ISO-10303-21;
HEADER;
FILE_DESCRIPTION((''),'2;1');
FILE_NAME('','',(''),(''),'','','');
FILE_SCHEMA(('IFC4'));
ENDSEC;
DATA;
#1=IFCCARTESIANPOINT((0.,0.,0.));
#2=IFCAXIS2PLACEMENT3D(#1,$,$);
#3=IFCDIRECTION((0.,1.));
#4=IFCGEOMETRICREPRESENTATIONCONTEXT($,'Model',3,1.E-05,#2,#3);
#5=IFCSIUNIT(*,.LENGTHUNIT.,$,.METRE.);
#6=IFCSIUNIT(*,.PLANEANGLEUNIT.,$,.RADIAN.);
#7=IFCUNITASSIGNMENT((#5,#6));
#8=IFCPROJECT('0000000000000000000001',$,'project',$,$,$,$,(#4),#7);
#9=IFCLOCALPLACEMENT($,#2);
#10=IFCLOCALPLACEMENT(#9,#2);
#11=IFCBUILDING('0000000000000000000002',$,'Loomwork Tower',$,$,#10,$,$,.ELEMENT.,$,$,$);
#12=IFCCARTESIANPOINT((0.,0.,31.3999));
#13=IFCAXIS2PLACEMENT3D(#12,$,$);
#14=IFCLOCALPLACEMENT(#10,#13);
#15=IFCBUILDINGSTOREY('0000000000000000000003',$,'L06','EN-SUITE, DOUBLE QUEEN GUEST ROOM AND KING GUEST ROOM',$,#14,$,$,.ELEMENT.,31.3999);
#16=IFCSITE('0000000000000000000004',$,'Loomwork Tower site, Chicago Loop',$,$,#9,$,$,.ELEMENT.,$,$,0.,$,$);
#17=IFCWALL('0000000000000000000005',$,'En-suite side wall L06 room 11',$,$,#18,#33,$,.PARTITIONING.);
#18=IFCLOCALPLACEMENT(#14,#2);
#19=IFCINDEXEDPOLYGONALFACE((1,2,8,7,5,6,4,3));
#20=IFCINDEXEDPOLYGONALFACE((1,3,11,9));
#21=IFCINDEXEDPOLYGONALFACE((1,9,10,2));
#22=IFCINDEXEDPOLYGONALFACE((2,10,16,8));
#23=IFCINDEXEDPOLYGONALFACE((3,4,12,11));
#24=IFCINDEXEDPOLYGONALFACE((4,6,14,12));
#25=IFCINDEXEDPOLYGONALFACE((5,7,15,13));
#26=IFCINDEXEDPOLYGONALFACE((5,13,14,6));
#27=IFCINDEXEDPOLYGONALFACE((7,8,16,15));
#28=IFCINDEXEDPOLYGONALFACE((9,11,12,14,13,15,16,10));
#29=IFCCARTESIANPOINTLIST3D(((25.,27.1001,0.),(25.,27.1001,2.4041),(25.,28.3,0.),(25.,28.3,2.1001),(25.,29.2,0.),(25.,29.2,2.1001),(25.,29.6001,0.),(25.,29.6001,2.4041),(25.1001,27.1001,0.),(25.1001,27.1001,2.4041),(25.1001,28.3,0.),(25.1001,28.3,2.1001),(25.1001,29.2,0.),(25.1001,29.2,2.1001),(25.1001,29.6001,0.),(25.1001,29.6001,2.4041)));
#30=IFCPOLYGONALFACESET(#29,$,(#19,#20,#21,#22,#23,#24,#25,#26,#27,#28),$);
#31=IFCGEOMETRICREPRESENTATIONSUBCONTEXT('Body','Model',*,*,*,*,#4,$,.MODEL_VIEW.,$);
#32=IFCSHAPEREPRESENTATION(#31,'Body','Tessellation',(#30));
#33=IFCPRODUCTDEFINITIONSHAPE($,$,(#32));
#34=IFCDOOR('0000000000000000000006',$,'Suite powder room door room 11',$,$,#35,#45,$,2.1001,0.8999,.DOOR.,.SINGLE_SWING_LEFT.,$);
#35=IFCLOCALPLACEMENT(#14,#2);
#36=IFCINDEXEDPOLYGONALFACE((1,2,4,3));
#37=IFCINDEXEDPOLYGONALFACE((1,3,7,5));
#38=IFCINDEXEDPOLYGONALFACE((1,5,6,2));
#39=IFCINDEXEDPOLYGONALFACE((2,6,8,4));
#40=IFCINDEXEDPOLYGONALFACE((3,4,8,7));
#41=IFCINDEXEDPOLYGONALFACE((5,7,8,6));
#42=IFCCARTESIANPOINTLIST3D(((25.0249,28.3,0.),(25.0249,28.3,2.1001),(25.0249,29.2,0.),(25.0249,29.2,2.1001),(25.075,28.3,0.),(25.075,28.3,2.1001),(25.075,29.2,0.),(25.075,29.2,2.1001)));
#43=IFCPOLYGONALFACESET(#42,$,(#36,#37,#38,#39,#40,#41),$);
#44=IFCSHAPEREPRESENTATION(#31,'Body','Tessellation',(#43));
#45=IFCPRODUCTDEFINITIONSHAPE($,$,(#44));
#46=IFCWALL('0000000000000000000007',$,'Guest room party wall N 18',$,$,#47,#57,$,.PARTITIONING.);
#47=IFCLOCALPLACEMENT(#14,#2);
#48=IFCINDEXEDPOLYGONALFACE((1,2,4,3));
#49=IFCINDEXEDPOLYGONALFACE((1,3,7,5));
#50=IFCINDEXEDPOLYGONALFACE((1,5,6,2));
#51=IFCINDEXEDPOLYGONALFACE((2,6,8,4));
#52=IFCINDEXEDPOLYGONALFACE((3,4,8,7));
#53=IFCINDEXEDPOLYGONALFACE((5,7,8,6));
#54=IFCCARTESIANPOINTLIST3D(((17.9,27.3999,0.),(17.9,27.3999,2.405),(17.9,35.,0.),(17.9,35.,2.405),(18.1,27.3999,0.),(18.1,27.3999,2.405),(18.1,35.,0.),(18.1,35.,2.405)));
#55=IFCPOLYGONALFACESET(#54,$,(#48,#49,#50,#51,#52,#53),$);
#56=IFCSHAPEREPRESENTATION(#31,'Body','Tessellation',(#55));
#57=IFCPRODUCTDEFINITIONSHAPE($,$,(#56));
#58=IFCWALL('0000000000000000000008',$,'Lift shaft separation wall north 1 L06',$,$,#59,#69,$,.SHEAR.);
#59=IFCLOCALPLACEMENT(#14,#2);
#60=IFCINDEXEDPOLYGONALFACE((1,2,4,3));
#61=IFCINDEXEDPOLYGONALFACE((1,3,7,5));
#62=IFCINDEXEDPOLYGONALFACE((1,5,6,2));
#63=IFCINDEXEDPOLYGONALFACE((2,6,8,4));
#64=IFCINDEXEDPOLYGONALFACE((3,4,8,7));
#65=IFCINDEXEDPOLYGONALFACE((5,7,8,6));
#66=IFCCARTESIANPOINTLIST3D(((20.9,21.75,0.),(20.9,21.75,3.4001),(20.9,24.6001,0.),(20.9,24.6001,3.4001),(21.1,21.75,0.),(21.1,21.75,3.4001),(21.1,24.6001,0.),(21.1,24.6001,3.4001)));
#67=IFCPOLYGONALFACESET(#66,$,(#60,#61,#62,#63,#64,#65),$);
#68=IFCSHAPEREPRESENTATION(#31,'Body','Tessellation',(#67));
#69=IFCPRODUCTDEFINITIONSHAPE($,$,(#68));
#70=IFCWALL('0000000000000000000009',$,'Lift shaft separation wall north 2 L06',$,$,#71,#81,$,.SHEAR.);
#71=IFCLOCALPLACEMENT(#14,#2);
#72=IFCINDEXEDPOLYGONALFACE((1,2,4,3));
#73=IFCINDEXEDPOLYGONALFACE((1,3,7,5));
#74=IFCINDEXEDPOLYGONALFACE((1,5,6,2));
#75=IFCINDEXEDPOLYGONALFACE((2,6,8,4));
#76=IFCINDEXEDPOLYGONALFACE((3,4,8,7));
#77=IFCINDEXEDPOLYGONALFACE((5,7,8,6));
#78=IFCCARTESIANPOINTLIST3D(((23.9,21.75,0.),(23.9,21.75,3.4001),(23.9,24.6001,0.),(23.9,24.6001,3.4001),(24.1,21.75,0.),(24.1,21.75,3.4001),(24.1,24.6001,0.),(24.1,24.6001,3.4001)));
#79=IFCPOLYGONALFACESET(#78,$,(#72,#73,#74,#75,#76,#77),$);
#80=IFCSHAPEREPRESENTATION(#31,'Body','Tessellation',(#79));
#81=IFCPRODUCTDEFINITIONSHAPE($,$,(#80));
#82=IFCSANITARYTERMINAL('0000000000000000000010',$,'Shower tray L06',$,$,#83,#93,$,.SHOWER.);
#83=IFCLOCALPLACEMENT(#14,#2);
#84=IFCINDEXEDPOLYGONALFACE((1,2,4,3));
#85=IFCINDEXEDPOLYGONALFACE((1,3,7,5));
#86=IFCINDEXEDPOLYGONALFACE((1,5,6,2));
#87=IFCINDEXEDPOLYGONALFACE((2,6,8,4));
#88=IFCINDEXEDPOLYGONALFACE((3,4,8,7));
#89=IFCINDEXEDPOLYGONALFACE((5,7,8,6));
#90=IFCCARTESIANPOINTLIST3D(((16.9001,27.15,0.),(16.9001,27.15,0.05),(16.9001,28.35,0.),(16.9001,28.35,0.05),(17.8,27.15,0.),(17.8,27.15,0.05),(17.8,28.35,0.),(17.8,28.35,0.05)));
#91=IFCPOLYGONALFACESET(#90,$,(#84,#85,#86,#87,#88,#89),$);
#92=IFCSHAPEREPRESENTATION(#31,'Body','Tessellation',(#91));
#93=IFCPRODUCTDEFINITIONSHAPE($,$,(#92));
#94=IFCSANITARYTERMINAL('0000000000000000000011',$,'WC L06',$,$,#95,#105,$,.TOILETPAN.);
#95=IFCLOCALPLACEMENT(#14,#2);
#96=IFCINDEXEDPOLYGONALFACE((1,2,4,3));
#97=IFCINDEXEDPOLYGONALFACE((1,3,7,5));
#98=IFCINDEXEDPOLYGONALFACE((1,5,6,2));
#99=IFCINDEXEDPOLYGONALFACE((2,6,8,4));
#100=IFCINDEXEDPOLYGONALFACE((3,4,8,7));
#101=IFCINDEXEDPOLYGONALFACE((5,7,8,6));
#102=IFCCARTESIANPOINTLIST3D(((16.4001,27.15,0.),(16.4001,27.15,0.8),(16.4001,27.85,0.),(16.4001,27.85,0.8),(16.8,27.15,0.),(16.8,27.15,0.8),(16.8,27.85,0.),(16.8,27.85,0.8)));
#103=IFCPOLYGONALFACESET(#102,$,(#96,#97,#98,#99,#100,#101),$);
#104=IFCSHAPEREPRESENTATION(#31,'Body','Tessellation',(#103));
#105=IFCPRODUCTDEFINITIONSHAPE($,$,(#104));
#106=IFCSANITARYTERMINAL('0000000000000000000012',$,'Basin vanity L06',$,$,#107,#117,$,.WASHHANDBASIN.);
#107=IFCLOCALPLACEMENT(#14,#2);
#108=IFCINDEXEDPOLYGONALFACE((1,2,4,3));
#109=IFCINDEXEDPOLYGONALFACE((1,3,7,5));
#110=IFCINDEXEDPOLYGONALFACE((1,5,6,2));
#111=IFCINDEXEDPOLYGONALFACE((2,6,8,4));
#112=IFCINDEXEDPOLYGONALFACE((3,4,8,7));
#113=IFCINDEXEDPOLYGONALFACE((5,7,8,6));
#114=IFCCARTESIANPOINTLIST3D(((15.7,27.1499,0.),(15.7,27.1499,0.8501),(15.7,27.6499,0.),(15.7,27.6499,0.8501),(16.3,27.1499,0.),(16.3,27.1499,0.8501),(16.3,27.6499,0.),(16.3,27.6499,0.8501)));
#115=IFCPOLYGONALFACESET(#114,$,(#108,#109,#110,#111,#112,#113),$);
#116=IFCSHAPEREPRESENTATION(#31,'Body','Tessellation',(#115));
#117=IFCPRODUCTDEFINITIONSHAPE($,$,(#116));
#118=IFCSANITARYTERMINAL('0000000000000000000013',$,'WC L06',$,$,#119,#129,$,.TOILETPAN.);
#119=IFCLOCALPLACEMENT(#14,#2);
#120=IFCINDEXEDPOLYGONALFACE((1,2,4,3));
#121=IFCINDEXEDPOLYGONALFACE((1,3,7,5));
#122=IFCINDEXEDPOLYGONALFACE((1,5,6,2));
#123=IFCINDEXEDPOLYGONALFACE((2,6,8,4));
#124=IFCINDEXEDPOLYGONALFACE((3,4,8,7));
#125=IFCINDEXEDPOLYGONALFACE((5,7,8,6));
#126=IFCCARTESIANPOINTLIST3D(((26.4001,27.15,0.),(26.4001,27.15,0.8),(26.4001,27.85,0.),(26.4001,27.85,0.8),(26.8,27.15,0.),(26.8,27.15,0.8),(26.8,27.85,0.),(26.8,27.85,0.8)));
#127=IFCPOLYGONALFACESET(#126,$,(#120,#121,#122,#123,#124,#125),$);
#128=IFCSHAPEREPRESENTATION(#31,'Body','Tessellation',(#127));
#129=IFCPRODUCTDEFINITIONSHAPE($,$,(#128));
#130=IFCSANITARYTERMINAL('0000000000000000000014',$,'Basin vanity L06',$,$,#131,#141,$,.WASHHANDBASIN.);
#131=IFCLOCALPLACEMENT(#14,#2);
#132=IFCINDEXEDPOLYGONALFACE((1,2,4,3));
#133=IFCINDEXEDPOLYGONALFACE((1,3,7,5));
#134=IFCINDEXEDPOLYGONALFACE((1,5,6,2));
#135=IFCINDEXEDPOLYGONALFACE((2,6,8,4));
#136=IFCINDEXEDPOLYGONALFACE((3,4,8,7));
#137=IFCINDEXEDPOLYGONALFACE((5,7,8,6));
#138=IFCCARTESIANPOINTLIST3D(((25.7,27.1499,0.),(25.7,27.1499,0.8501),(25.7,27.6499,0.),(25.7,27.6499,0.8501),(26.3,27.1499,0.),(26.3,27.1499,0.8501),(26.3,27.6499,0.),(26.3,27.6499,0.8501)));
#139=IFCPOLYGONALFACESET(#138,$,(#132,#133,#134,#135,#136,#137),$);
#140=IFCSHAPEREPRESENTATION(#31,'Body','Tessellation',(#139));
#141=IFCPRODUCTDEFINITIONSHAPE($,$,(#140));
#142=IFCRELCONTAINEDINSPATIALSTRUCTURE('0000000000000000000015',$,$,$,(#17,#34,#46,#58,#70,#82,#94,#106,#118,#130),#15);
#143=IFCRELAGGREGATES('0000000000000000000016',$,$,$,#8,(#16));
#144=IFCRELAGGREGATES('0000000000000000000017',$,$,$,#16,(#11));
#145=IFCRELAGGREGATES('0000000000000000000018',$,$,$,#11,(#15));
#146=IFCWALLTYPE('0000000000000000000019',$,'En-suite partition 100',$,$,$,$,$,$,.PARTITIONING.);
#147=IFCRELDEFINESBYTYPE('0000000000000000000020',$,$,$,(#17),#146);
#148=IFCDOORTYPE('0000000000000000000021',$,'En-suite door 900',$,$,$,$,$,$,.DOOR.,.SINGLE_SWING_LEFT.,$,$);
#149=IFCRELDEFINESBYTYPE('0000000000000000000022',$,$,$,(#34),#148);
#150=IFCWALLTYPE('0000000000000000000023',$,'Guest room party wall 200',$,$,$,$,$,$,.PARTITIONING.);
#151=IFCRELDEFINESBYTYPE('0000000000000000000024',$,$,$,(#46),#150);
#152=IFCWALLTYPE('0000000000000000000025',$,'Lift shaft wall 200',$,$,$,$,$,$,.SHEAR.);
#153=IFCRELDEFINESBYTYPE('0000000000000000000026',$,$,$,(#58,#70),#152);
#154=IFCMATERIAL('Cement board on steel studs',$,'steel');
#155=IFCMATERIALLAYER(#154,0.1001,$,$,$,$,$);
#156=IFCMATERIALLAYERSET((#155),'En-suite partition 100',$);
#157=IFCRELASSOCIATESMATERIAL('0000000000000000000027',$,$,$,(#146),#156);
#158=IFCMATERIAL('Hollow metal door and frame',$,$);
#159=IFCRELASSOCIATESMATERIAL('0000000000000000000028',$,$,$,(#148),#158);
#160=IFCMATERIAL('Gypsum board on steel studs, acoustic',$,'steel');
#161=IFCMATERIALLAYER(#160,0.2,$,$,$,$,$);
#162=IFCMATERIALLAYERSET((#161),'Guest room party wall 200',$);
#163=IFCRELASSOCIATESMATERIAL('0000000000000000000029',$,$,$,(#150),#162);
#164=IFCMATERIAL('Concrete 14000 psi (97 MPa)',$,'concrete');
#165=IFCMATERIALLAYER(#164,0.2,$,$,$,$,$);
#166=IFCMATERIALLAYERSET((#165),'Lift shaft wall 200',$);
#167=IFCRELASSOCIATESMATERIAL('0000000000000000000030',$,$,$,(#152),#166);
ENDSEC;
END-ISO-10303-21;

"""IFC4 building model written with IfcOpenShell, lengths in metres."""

from ifc_helpers import new_model, si_unit, direction, frame, frame_2d, origin, origin_2d, place, context, subcontext, project, spatial, rectangle, extrude, material, layer, layer_set, type_object, element, fill, save


model = new_model("IFC4")

# Units and contexts
model_context = context("Model", 3, precision=1e-05, world=origin(), true_north=direction((0.0, 1.0)))
body_context = subcontext(model_context, "Body", "Model", "MODEL_VIEW")
ifc_project = project(units=[si_unit("LENGTHUNIT", "METRE"), si_unit("PLANEANGLEUNIT", "RADIAN")], contexts=[model_context])

# Site, building, storey
site_placement = place(None, origin())
site = spatial("IfcSite", under=ifc_project, at=site_placement, Name="Loomwork Tower site, Chicago Loop", CompositionType="ELEMENT", RefElevation=0.0)
building_placement = place(site_placement, origin())
building = spatial("IfcBuilding", under=site, at=building_placement, Name="Loomwork Tower", CompositionType="ELEMENT")
storey_placement = place(building_placement, frame((0.0, 0.0, 31.3999)))
storey = spatial("IfcBuildingStorey", under=building, at=storey_placement, Name="L06", Description="EN-SUITE, DOUBLE QUEEN GUEST ROOM AND KING GUEST ROOM", CompositionType="ELEMENT", Elevation=31.3999)

# Shared definitions
ifc_material_1 = material(Name="Cement board on steel studs", Category="steel")
ifc_layer_1 = layer(ifc_material_1, 0.1001)
ifc_layer_set_1 = layer_set([ifc_layer_1], Name="En-suite partition 100")
wall_type_1 = type_object("IfcWallType", Name="En-suite partition 100", PredefinedType="PARTITIONING", material=ifc_layer_set_1)

# Wall, opening, door
wall_1_placement = place(storey_placement, frame((25.05, 27.1001, 0.0), z_axis=(0.0, 0.0, 1.0), x_axis=(0.0, 1.0, 0.0)))
wall_1 = element("IfcWall", 1, at=wall_1_placement, inside=storey, type_object=wall_type_1, Name="En-suite side wall L06 room 11", PredefinedType="PARTITIONING", context=body_context, shape_type="SweptSolid", body=[
    extrude(rectangle(XDim=2.5, YDim=0.1001, at=frame_2d((1.25, 0.0))), origin(), (0.0, 0.0, 1.0), 2.4041),
])
opening_1_placement = place(wall_1_placement, frame((1.2, 0.0, 0.0)))
opening_1 = element("IfcOpeningElement", 2, at=opening_1_placement, cuts=wall_1, PredefinedType="OPENING", context=body_context, shape_type="SweptSolid", body=[
    extrude(rectangle(XDim=0.8999, YDim=2.1001, at=frame_2d((0.45, 1.05))), frame((0.0, 0.0601, 0.0), z_axis=(0.0, -1.0, 0.0), x_axis=(1.0, 0.0, 0.0)), (0.0, 0.0, 1.0), 0.1201),
])
ifc_material_2 = material(Name="Hollow metal door and frame")
door_type_1 = type_object("IfcDoorType", Name="En-suite door 900", OperationType="SINGLE_SWING_LEFT", PredefinedType="DOOR", material=ifc_material_2)
door_1_placement = place(opening_1_placement, frame((0.8999, 0.0, 0.0), z_axis=(0.0, 0.0, 1.0), x_axis=(-1.0, 0.0, 0.0)))
door_1 = element("IfcDoor", 3, at=door_1_placement, inside=storey, type_object=door_type_1, Name="Suite powder room door room 11", OperationType="SINGLE_SWING_LEFT", OverallHeight=2.1001, OverallWidth=0.8999, PredefinedType="DOOR", context=body_context, shape_type="SweptSolid", body=[
    extrude(rectangle(XDim=0.8999, YDim=2.1001, at=frame_2d((0.45, 1.05))), frame((0.0, 0.0249, 0.0), z_axis=(0.0, -1.0, 0.0), x_axis=(1.0, 0.0, 0.0)), (0.0, 0.0, 1.0), 0.05),
])
fill(opening_1, door_1)

# Walls
ifc_material_3 = material(Name="Gypsum board on steel studs, acoustic", Category="steel")
ifc_layer_2 = layer(ifc_material_3, 0.2)
ifc_layer_set_2 = layer_set([ifc_layer_2], Name="Guest room party wall 200")
wall_type_2 = type_object("IfcWallType", Name="Guest room party wall 200", PredefinedType="PARTITIONING", material=ifc_layer_set_2)
wall_2_placement = place(storey_placement, frame((18.0, 27.3999, 0.0), z_axis=(0.0, 0.0, 1.0), x_axis=(0.0, 1.0, 0.0)))
element("IfcWall", 4, at=wall_2_placement, inside=storey, type_object=wall_type_2, Name="Guest room party wall N 18", PredefinedType="PARTITIONING", context=body_context, shape_type="SweptSolid", body=[
    extrude(rectangle(XDim=7.6001, YDim=0.2, at=frame_2d((3.8, 0.0))), origin(), (0.0, 0.0, 1.0), 2.405),
])
ifc_material_4 = material(Name="Concrete 14000 psi (97 MPa)", Category="concrete")
ifc_layer_3 = layer(ifc_material_4, 0.2)
ifc_layer_set_3 = layer_set([ifc_layer_3], Name="Lift shaft wall 200")
wall_type_3 = type_object("IfcWallType", Name="Lift shaft wall 200", PredefinedType="SHEAR", material=ifc_layer_set_3)
for number, where, z_axis, x_axis, name in (
    (5, (21.0, 21.75, 0.0), (0.0, 0.0, 1.0), (0.0, 1.0, 0.0), "Lift shaft separation wall north 1 L06"),
    (6, (24.0, 21.75, 0.0), (0.0, 0.0, 1.0), (0.0, 1.0, 0.0), "Lift shaft separation wall north 2 L06"),
):
    element("IfcWall", number, at=place(storey_placement, frame(where, z_axis=z_axis, x_axis=x_axis)), inside=storey, type_object=wall_type_3, Name=name, PredefinedType="SHEAR", context=body_context, shape_type="SweptSolid", body=[
        extrude(rectangle(XDim=2.8501, YDim=0.2, at=frame_2d((1.425, 0.0))), origin(), (0.0, 0.0, 1.0), 3.4001),
    ])

# Sanitary terminals
sanitary_terminal_1_placement = place(storey_placement, frame((17.3501, 27.75, 0.0), z_axis=(0.0, 0.0, 1.0), x_axis=(1.0, 0.0, 0.0)))
element("IfcSanitaryTerminal", 7, at=sanitary_terminal_1_placement, inside=storey, Name="Shower tray L06", PredefinedType="SHOWER", context=body_context, shape_type="SweptSolid", body=[
    extrude(rectangle(XDim=0.8999, YDim=1.2, at=origin_2d()), origin(), (0.0, 0.0, 1.0), 0.05),
])
sanitary_terminal_2_placement = place(storey_placement, frame((16.6001, 27.5, 0.0), z_axis=(0.0, 0.0, 1.0), x_axis=(1.0, 0.0, 0.0)))
element("IfcSanitaryTerminal", 8, at=sanitary_terminal_2_placement, inside=storey, Name="WC L06", PredefinedType="TOILETPAN", context=body_context, shape_type="SweptSolid", body=[
    extrude(rectangle(XDim=0.3999, YDim=0.7, at=origin_2d()), origin(), (0.0, 0.0, 1.0), 0.8),
])
sanitary_terminal_3_placement = place(storey_placement, frame((16.0, 27.3999, 0.0), z_axis=(0.0, 0.0, 1.0), x_axis=(1.0, 0.0, 0.0)))
element("IfcSanitaryTerminal", 9, at=sanitary_terminal_3_placement, inside=storey, Name="Basin vanity L06", PredefinedType="WASHHANDBASIN", context=body_context, shape_type="SweptSolid", body=[
    extrude(rectangle(XDim=0.6001, YDim=0.5, at=origin_2d()), origin(), (0.0, 0.0, 1.0), 0.8501),
])
sanitary_terminal_4_placement = place(storey_placement, frame((26.6001, 27.5, 0.0), z_axis=(0.0, 0.0, 1.0), x_axis=(1.0, 0.0, 0.0)))
element("IfcSanitaryTerminal", 10, at=sanitary_terminal_4_placement, inside=storey, Name="WC L06", PredefinedType="TOILETPAN", context=body_context, shape_type="SweptSolid", body=[
    extrude(rectangle(XDim=0.3999, YDim=0.7, at=origin_2d()), origin(), (0.0, 0.0, 1.0), 0.8),
])
sanitary_terminal_5_placement = place(storey_placement, frame((26.0, 27.3999, 0.0), z_axis=(0.0, 0.0, 1.0), x_axis=(1.0, 0.0, 0.0)))
element("IfcSanitaryTerminal", 11, at=sanitary_terminal_5_placement, inside=storey, Name="Basin vanity L06", PredefinedType="WASHHANDBASIN", context=body_context, shape_type="SweptSolid", body=[
    extrude(rectangle(XDim=0.6001, YDim=0.5, at=origin_2d()), origin(), (0.0, 0.0, 1.0), 0.8501),
])

save(model, "model.ifc")
